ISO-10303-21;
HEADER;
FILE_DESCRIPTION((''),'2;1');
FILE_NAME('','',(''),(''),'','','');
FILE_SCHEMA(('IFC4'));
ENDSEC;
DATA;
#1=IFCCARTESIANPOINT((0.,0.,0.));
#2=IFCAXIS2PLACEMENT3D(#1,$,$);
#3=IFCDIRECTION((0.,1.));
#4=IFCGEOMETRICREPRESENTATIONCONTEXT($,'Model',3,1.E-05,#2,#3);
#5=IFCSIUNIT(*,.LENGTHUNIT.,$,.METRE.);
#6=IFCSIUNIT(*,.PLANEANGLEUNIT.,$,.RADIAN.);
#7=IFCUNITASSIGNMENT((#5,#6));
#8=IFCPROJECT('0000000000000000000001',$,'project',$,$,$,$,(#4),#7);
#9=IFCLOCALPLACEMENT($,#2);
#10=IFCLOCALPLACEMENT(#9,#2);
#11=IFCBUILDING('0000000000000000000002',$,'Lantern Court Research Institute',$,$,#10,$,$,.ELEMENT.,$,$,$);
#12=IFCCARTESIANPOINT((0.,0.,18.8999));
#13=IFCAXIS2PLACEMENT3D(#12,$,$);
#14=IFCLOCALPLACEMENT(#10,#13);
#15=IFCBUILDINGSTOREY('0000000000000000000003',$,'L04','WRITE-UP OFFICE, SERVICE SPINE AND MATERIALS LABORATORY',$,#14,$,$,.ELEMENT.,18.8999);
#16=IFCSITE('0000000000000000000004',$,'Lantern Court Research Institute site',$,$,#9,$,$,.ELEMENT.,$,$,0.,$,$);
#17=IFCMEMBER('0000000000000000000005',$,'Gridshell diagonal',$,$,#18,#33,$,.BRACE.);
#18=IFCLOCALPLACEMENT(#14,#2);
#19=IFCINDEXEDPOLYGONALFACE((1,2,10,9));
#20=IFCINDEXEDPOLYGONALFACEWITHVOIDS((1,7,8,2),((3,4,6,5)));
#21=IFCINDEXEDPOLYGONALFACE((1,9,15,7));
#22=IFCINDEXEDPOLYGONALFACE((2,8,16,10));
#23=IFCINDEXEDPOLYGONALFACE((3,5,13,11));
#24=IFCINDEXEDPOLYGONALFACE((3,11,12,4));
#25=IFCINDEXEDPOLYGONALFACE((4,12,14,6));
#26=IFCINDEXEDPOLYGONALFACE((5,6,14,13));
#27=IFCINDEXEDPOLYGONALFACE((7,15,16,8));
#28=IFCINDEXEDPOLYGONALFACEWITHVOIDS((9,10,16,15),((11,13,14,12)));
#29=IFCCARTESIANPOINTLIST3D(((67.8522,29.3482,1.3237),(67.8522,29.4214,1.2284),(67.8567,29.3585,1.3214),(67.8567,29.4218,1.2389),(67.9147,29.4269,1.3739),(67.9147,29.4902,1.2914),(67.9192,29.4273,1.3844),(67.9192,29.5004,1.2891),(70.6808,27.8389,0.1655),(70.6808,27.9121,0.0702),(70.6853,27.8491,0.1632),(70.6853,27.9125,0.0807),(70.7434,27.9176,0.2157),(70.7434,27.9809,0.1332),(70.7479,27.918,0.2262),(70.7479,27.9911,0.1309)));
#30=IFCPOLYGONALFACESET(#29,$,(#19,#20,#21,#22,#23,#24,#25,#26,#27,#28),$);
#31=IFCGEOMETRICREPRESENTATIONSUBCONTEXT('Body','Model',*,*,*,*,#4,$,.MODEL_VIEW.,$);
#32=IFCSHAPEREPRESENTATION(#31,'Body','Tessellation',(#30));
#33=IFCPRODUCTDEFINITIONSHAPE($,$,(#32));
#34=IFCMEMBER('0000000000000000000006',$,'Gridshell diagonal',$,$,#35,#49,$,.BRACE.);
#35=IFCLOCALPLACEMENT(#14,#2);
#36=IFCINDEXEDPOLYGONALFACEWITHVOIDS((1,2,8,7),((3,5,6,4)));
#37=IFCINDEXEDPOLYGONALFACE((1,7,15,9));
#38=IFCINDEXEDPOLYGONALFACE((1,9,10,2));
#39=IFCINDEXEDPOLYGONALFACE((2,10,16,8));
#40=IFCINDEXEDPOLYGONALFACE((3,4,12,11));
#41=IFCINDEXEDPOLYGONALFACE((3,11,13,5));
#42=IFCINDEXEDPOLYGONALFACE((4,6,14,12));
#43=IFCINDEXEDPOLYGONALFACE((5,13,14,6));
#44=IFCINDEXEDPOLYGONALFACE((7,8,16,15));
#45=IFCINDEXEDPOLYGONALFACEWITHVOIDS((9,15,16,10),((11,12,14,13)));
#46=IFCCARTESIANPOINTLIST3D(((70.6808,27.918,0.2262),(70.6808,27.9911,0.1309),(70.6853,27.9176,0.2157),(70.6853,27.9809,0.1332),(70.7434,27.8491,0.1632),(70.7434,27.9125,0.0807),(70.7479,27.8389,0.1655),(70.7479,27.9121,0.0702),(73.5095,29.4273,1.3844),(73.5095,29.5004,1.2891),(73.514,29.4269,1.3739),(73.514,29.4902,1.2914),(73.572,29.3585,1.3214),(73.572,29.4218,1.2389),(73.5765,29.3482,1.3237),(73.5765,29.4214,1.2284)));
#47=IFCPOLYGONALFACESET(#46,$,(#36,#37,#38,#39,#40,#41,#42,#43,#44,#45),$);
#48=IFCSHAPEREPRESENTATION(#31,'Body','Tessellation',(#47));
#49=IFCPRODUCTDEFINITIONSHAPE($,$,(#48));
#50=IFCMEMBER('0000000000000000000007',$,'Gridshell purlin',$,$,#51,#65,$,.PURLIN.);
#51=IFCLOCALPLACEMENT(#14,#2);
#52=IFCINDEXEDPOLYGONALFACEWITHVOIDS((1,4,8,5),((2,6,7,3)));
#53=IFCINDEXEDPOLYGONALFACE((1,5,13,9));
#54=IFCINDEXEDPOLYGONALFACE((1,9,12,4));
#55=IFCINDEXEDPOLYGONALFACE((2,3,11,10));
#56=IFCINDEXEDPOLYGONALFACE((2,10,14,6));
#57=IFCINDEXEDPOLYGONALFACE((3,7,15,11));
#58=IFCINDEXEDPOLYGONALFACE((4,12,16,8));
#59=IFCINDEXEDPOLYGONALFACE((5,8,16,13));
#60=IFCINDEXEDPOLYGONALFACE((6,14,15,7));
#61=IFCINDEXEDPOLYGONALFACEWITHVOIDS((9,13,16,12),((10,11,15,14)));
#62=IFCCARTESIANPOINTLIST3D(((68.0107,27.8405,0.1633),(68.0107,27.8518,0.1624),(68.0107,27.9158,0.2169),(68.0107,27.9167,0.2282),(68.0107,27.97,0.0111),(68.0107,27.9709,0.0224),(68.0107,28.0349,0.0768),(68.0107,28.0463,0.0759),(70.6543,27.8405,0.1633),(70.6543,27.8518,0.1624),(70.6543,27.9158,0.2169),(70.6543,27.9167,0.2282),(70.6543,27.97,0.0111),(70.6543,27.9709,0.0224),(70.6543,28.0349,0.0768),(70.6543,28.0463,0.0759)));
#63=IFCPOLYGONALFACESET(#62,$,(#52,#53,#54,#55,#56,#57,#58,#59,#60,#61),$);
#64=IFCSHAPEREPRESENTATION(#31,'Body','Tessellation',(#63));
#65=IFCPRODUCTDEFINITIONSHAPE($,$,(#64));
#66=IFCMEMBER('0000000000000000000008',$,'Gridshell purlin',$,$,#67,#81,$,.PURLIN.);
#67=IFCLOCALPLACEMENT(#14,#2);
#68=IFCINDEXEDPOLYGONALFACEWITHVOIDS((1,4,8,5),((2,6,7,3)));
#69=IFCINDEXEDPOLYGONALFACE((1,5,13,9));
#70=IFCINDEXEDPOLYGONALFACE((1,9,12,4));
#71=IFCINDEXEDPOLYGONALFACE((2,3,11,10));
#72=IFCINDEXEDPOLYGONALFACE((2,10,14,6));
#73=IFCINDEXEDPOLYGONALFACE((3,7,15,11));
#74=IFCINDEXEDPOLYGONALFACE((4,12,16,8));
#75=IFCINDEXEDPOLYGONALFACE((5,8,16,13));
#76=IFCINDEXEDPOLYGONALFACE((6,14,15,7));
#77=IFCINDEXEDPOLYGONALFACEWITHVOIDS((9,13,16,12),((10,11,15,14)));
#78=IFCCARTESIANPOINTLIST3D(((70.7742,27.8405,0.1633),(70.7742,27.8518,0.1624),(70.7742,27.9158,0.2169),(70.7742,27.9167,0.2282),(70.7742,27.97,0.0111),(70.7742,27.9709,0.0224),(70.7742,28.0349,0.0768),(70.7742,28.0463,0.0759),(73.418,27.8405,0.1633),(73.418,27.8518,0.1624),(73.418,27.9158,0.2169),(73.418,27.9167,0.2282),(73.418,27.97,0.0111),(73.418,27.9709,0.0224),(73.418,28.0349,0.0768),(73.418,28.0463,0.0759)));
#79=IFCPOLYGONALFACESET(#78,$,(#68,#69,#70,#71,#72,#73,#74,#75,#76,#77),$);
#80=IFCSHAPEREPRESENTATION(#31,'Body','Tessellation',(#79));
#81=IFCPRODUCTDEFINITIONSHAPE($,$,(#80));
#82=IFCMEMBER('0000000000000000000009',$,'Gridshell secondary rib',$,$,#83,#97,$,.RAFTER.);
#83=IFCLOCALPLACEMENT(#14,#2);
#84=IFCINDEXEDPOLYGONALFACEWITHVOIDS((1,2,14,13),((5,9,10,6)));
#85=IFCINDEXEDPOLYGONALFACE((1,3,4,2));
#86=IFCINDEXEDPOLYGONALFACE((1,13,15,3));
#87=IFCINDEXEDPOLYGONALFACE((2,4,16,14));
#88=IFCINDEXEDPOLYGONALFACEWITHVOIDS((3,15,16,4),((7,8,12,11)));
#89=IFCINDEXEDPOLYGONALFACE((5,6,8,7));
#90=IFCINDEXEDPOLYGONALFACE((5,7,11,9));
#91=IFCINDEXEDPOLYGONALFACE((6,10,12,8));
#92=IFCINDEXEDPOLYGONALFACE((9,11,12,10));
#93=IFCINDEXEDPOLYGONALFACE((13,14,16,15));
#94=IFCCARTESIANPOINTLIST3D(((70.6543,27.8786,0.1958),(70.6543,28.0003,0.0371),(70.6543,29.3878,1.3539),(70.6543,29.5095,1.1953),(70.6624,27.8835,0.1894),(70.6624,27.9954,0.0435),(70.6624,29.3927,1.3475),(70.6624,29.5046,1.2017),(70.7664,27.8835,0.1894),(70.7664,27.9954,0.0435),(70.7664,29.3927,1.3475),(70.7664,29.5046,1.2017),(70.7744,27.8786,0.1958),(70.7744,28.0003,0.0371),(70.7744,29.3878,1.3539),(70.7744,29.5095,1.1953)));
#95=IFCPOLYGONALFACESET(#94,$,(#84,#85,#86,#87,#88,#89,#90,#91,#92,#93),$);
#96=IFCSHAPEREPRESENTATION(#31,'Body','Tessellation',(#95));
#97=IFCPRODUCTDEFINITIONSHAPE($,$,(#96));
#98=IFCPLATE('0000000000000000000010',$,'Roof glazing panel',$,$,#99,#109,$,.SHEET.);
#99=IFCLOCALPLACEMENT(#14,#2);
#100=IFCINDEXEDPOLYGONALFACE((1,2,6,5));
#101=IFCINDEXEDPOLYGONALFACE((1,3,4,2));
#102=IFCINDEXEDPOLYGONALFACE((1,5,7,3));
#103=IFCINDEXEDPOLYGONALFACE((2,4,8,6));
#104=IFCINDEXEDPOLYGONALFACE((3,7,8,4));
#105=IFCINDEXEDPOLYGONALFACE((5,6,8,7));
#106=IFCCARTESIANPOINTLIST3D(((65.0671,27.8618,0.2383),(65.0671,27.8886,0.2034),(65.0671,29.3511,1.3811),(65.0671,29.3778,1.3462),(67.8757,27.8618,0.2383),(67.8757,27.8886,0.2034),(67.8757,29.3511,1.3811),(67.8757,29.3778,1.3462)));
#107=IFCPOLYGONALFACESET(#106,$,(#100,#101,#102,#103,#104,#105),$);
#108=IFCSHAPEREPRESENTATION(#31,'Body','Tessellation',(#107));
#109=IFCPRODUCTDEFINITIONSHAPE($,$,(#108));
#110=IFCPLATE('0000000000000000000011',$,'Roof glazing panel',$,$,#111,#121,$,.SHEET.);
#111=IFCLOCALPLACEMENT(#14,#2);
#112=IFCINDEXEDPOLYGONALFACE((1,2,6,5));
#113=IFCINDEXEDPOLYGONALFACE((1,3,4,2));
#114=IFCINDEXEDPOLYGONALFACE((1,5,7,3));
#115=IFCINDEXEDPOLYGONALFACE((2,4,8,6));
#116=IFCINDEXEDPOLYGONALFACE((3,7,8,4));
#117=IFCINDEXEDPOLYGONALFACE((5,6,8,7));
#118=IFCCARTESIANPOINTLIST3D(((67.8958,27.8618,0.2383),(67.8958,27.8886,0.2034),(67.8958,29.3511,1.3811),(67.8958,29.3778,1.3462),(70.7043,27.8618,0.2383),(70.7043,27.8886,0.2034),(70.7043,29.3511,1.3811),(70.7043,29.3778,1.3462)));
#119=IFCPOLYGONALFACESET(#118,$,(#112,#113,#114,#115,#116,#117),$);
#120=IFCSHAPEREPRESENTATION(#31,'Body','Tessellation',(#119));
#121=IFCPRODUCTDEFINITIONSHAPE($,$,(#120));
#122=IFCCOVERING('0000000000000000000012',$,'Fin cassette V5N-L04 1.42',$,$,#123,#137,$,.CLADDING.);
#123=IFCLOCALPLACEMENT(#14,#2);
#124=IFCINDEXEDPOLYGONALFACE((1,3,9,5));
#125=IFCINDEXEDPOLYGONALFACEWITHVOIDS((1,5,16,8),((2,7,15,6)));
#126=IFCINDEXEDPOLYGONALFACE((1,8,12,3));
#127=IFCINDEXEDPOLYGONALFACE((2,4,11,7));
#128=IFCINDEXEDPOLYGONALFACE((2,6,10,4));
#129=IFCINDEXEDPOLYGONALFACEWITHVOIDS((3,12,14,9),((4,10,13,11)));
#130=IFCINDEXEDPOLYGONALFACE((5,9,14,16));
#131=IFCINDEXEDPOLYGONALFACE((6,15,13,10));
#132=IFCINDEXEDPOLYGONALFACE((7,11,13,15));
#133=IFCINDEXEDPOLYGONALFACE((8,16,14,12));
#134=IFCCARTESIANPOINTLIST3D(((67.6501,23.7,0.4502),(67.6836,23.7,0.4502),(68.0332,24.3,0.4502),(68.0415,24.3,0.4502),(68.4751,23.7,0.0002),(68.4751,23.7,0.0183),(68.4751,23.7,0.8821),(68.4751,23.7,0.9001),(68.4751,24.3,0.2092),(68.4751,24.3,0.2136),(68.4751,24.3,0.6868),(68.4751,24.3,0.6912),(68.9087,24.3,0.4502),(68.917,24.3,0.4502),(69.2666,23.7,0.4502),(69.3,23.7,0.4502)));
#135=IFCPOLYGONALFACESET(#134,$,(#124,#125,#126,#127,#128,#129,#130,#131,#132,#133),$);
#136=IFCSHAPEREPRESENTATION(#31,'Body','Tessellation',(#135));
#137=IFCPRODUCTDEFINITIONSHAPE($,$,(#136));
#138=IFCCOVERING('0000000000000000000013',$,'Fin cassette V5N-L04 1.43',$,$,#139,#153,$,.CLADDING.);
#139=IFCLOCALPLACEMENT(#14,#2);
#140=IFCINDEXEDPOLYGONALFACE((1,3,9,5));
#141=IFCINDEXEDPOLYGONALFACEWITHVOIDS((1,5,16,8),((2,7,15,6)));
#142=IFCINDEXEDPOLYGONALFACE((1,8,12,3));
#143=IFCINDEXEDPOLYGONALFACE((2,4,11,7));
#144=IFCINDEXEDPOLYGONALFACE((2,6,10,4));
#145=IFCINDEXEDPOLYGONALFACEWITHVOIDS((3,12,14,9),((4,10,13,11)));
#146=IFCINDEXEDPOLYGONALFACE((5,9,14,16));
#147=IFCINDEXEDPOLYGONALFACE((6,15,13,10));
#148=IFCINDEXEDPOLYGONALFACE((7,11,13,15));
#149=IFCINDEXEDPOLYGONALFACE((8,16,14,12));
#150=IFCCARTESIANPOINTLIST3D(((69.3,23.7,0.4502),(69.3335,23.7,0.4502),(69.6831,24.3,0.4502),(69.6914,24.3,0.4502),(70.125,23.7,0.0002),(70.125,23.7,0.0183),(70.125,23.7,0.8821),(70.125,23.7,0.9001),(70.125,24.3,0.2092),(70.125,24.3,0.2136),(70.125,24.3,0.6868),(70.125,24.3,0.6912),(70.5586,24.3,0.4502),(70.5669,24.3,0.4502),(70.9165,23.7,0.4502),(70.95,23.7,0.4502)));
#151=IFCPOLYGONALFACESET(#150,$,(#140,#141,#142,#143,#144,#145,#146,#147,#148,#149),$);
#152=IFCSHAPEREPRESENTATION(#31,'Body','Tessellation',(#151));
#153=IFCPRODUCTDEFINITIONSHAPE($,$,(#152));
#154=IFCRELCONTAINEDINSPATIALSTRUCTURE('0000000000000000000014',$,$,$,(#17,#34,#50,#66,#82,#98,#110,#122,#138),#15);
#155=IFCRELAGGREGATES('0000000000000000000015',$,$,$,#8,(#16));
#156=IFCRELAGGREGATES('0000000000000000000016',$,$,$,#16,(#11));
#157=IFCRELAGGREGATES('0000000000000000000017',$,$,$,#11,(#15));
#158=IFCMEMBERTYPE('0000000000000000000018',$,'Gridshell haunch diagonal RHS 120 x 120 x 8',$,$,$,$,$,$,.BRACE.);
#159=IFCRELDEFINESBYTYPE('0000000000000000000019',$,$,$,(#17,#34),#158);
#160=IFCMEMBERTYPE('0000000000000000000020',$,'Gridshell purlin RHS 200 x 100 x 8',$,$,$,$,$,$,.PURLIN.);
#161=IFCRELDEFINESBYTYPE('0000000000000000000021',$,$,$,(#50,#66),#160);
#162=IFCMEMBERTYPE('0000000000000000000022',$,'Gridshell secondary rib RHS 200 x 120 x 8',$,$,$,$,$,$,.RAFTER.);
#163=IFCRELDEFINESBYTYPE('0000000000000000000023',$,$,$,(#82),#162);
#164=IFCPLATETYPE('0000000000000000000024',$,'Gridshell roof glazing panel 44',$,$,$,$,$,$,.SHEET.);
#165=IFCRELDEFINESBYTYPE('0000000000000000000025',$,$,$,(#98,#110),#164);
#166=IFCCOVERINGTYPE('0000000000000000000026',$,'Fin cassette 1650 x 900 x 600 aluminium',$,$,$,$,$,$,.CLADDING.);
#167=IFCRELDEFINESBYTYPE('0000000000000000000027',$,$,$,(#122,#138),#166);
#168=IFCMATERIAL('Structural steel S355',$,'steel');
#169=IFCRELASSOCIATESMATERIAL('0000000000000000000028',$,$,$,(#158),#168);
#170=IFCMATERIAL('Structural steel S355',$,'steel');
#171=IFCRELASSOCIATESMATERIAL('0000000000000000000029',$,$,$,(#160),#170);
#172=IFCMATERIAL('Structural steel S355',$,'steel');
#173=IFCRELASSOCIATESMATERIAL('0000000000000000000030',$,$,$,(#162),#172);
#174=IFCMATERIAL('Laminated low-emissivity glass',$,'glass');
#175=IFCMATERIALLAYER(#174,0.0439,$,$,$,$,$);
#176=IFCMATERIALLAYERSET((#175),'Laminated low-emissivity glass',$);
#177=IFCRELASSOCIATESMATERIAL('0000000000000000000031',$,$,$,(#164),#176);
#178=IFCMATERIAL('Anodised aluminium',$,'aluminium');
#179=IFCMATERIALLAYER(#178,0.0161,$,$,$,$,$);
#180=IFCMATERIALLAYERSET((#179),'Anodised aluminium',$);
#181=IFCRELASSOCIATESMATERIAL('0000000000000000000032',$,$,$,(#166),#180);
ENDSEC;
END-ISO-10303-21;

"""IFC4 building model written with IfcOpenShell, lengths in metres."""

from ifc_helpers import new_model, entity, si_unit, direction, frame, origin, origin_2d, place, context, subcontext, project, spatial, polyline, hollow_rectangle, outline, extrude, material, layer, layer_set, material_profile, profile_set, type_object, element, save


model = new_model("IFC4")

# Units and contexts
model_context = context("Model", 3, precision=1e-05, world=origin(), true_north=direction((0.0, 1.0)))
body_context = subcontext(model_context, "Body", "Model", "MODEL_VIEW")
ifc_project = project(units=[si_unit("LENGTHUNIT", "METRE"), si_unit("PLANEANGLEUNIT", "RADIAN")], contexts=[model_context])

# Site, building, storey
site_placement = place(None, origin())
site = spatial("IfcSite", under=ifc_project, at=site_placement, Name="Lantern Court Research Institute site", CompositionType="ELEMENT", RefElevation=0.0)
building_placement = place(site_placement, origin())
building = spatial("IfcBuilding", under=site, at=building_placement, Name="Lantern Court Research Institute", CompositionType="ELEMENT")
storey_placement = place(building_placement, frame((0.0, 0.0, 18.8999)))
storey = spatial("IfcBuildingStorey", under=building, at=storey_placement, Name="L04", Description="WRITE-UP OFFICE, SERVICE SPINE AND MATERIALS LABORATORY", CompositionType="ELEMENT", Elevation=18.8999)

# Members
ifc_material_1 = material(Name="Structural steel S355", Category="steel")
ifc_material_profile_1 = material_profile(ifc_material_1, hollow_rectangle(XDim=0.1201, YDim=0.1201, WallThickness=0.0081, at=origin_2d()), Name="Gridshell haunch diagonal RHS 120 x 120 x 8")
ifc_profile_set_1 = profile_set([ifc_material_profile_1], Name="Structural steel S355")
member_type_1 = type_object("IfcMemberType", Name="Gridshell haunch diagonal RHS 120 x 120 x 8", PredefinedType="BRACE", material=ifc_profile_set_1)
for number, where, z_axis, x_axis, name in (
    (1, (70.7144, 27.915, 0.1482), (-0.82978, 0.44275, 0.339761), (-0.558091, -0.65828, -0.505176), "Gridshell diagonal"),
    (2, (70.7144, 27.915, 0.1482), (0.82978, 0.44275, 0.339761), (-0.558091, 0.65828, 0.505176), "Gridshell diagonal"),
):
    element("IfcMember", number, at=place(storey_placement, frame(where, z_axis=z_axis, x_axis=x_axis)), inside=storey, type_object=member_type_1, Name=name, PredefinedType="BRACE", context=body_context, shape_type="SweptSolid", body=[
        extrude(hollow_rectangle(XDim=0.1201, YDim=0.1201, WallThickness=0.0081, at=origin_2d()), origin(), (0.0, 0.0, 1.0), 3.4089),
    ])
ifc_material_2 = material(Name="Structural steel S355", Category="steel")
ifc_material_profile_2 = material_profile(ifc_material_2, hollow_rectangle(XDim=0.1001, YDim=0.2, WallThickness=0.0081, at=origin_2d()), Name="Gridshell purlin RHS 200 x 100 x 8")
ifc_profile_set_2 = profile_set([ifc_material_profile_2], Name="Structural steel S355")
member_type_2 = type_object("IfcMemberType", Name="Gridshell purlin RHS 200 x 100 x 8", PredefinedType="PURLIN", material=ifc_profile_set_2)
member_1_placement = place(storey_placement, frame((68.0107, 27.9434, 0.1196), z_axis=(1.0, 0.0, 0.0), x_axis=(0.0, 0.761673, 0.647962)))
element("IfcMember", 3, at=member_1_placement, inside=storey, type_object=member_type_2, Name="Gridshell purlin", PredefinedType="PURLIN", context=body_context, shape_type="SweptSolid", body=[
    extrude(hollow_rectangle(XDim=0.1001, YDim=0.2, WallThickness=0.0081, at=origin_2d()), origin(), (0.0, 0.0, 1.0), 2.6436),
])
member_2_placement = place(storey_placement, frame((70.7742, 27.9434, 0.1196), z_axis=(1.0, 0.0, 0.0), x_axis=(0.0, 0.761673, 0.647962)))
element("IfcMember", 4, at=member_2_placement, inside=storey, type_object=member_type_2, Name="Gridshell purlin", PredefinedType="PURLIN", context=body_context, shape_type="SweptSolid", body=[
    extrude(hollow_rectangle(XDim=0.1001, YDim=0.2, WallThickness=0.0081, at=origin_2d()), origin(), (0.0, 0.0, 1.0), 2.6438),
])
ifc_material_3 = material(Name="Structural steel S355", Category="steel")
ifc_material_profile_3 = material_profile(ifc_material_3, hollow_rectangle(XDim=0.1201, YDim=0.2, WallThickness=0.0081, at=origin_2d()), Name="Gridshell secondary rib RHS 200 x 120 x 8")
ifc_profile_set_3 = profile_set([ifc_material_profile_3], Name="Structural steel S355")
member_type_3 = type_object("IfcMemberType", Name="Gridshell secondary rib RHS 200 x 120 x 8", PredefinedType="RAFTER", material=ifc_profile_set_3)
member_3_placement = place(storey_placement, frame((70.7144, 27.9395, 0.1165), z_axis=(0.0, 0.79333, 0.608792), x_axis=(-1.0, 0.0, 0.0)))
element("IfcMember", 5, at=member_3_placement, inside=storey, type_object=member_type_3, Name="Gridshell secondary rib", PredefinedType="RAFTER", context=body_context, shape_type="SweptSolid", body=[
    extrude(hollow_rectangle(XDim=0.1201, YDim=0.2, WallThickness=0.0081, at=origin_2d()), origin(), (0.0, 0.0, 1.0), 1.9023),
])

# Plates
ifc_material_4 = material(Name="Laminated low-emissivity glass", Category="glass")
ifc_layer_1 = layer(ifc_material_4, 0.0439)
ifc_layer_set_1 = layer_set([ifc_layer_1], Name="Laminated low-emissivity glass")
plate_type = type_object("IfcPlateType", Name="Gridshell roof glazing panel 44", PredefinedType="SHEET", material=ifc_layer_set_1)
for number, where, z_axis, x_axis, name in (
    (6, (67.8757, 27.8618, 0.2383), (0.0, -0.608786, 0.793334), (-1.0, 0.0, 0.0), "Roof glazing panel"),
    (7, (70.7043, 27.8618, 0.2383), (0.0, -0.608786, 0.793334), (-1.0, 0.0, 0.0), "Roof glazing panel"),
):
    element("IfcPlate", number, at=place(storey_placement, frame(where, z_axis=z_axis, x_axis=x_axis)), inside=storey, type_object=plate_type, Name=name, PredefinedType="SHEET", context=body_context, shape_type="SweptSolid", body=[
        extrude(outline(polyline([(0.0, 0.0), (2.8086, 0.0), (2.8086, -1.8772), (0.0, -1.8772), (0.0, 0.0)])), origin(), (0.0, 0.0, -1.0), 0.0439),
    ])

# Coverings
ifc_material_5 = material(Name="Anodised aluminium", Category="aluminium")
ifc_layer_2 = layer(ifc_material_5, 0.0161)
ifc_layer_set_2 = layer_set([ifc_layer_2], Name="Anodised aluminium")
covering_type_1 = type_object("IfcCoveringType", Name="Fin cassette 1650 x 900 x 600 aluminium", PredefinedType="CLADDING", material=ifc_layer_set_2)
covering_1_placement = place(storey_placement, frame((68.4751, 23.7, 0.4502), z_axis=(0.0, 1.0, 0.0), x_axis=(-1.0, 0.0, 0.0)))
cartesian_point_1 = entity("IfcCartesianPoint", [0.825, 0.0])
cartesian_point_2 = entity("IfcCartesianPoint", [0.7915, 0.0])
cartesian_point_3 = entity("IfcCartesianPoint", [0.4419, 0.0])
cartesian_point_4 = entity("IfcCartesianPoint", [0.4336, 0.0])
element("IfcCovering", 8, at=covering_1_placement, inside=storey, type_object=covering_type_1, Name="Fin cassette V5N-L04 1.42", PredefinedType="CLADDING", context=body_context, shape_type="SweptSolid", body=[
    entity("IfcExtrudedAreaSolidTapered", entity("IfcArbitraryProfileDefWithVoids", "AREA", None, entity("IfcPolyline", [cartesian_point_1, entity("IfcCartesianPoint", [0.0, 0.45]), entity("IfcCartesianPoint", [-0.825, 0.0]), entity("IfcCartesianPoint", [0.0, -0.45]), cartesian_point_1]), [entity("IfcPolyline", [cartesian_point_2, entity("IfcCartesianPoint", [0.0, 0.4319]), entity("IfcCartesianPoint", [-0.7915, 0.0]), entity("IfcCartesianPoint", [0.0, -0.4319]), cartesian_point_2])]), entity("IfcAxis2Placement3D", entity("IfcCartesianPoint", [0.0, 0.0, 0.0])), entity("IfcDirection", [0.0, 0.0, 1.0]), 0.6001, entity("IfcArbitraryProfileDefWithVoids", "AREA", None, entity("IfcPolyline", [cartesian_point_3, entity("IfcCartesianPoint", [0.0, 0.241]), entity("IfcCartesianPoint", [-0.4419, 0.0]), entity("IfcCartesianPoint", [0.0, -0.241]), cartesian_point_3]), [entity("IfcPolyline", [cartesian_point_4, entity("IfcCartesianPoint", [0.0, 0.2366]), entity("IfcCartesianPoint", [-0.4336, 0.0]), entity("IfcCartesianPoint", [0.0, -0.2366]), cartesian_point_4])])),
])
covering_2_placement = place(storey_placement, frame((70.125, 23.7, 0.4502), z_axis=(0.0, 1.0, 0.0), x_axis=(-1.0, 0.0, 0.0)))
cartesian_point_5 = entity("IfcCartesianPoint", [0.825, 0.0])
cartesian_point_6 = entity("IfcCartesianPoint", [0.7915, 0.0])
cartesian_point_7 = entity("IfcCartesianPoint", [0.4419, 0.0])
cartesian_point_8 = entity("IfcCartesianPoint", [0.4336, 0.0])
element("IfcCovering", 9, at=covering_2_placement, inside=storey, type_object=covering_type_1, Name="Fin cassette V5N-L04 1.43", PredefinedType="CLADDING", context=body_context, shape_type="SweptSolid", body=[
    entity("IfcExtrudedAreaSolidTapered", entity("IfcArbitraryProfileDefWithVoids", "AREA", None, entity("IfcPolyline", [cartesian_point_5, entity("IfcCartesianPoint", [0.0, 0.45]), entity("IfcCartesianPoint", [-0.825, 0.0]), entity("IfcCartesianPoint", [0.0, -0.45]), cartesian_point_5]), [entity("IfcPolyline", [cartesian_point_6, entity("IfcCartesianPoint", [0.0, 0.4319]), entity("IfcCartesianPoint", [-0.7915, 0.0]), entity("IfcCartesianPoint", [0.0, -0.4319]), cartesian_point_6])]), entity("IfcAxis2Placement3D", entity("IfcCartesianPoint", [0.0, 0.0, 0.0])), entity("IfcDirection", [0.0, 0.0, 1.0]), 0.6001, entity("IfcArbitraryProfileDefWithVoids", "AREA", None, entity("IfcPolyline", [cartesian_point_7, entity("IfcCartesianPoint", [0.0, 0.241]), entity("IfcCartesianPoint", [-0.4419, 0.0]), entity("IfcCartesianPoint", [0.0, -0.241]), cartesian_point_7]), [entity("IfcPolyline", [cartesian_point_8, entity("IfcCartesianPoint", [0.0, 0.2366]), entity("IfcCartesianPoint", [-0.4336, 0.0]), entity("IfcCartesianPoint", [0.0, -0.2366]), cartesian_point_8])])),
])

save(model, "model.ifc")
